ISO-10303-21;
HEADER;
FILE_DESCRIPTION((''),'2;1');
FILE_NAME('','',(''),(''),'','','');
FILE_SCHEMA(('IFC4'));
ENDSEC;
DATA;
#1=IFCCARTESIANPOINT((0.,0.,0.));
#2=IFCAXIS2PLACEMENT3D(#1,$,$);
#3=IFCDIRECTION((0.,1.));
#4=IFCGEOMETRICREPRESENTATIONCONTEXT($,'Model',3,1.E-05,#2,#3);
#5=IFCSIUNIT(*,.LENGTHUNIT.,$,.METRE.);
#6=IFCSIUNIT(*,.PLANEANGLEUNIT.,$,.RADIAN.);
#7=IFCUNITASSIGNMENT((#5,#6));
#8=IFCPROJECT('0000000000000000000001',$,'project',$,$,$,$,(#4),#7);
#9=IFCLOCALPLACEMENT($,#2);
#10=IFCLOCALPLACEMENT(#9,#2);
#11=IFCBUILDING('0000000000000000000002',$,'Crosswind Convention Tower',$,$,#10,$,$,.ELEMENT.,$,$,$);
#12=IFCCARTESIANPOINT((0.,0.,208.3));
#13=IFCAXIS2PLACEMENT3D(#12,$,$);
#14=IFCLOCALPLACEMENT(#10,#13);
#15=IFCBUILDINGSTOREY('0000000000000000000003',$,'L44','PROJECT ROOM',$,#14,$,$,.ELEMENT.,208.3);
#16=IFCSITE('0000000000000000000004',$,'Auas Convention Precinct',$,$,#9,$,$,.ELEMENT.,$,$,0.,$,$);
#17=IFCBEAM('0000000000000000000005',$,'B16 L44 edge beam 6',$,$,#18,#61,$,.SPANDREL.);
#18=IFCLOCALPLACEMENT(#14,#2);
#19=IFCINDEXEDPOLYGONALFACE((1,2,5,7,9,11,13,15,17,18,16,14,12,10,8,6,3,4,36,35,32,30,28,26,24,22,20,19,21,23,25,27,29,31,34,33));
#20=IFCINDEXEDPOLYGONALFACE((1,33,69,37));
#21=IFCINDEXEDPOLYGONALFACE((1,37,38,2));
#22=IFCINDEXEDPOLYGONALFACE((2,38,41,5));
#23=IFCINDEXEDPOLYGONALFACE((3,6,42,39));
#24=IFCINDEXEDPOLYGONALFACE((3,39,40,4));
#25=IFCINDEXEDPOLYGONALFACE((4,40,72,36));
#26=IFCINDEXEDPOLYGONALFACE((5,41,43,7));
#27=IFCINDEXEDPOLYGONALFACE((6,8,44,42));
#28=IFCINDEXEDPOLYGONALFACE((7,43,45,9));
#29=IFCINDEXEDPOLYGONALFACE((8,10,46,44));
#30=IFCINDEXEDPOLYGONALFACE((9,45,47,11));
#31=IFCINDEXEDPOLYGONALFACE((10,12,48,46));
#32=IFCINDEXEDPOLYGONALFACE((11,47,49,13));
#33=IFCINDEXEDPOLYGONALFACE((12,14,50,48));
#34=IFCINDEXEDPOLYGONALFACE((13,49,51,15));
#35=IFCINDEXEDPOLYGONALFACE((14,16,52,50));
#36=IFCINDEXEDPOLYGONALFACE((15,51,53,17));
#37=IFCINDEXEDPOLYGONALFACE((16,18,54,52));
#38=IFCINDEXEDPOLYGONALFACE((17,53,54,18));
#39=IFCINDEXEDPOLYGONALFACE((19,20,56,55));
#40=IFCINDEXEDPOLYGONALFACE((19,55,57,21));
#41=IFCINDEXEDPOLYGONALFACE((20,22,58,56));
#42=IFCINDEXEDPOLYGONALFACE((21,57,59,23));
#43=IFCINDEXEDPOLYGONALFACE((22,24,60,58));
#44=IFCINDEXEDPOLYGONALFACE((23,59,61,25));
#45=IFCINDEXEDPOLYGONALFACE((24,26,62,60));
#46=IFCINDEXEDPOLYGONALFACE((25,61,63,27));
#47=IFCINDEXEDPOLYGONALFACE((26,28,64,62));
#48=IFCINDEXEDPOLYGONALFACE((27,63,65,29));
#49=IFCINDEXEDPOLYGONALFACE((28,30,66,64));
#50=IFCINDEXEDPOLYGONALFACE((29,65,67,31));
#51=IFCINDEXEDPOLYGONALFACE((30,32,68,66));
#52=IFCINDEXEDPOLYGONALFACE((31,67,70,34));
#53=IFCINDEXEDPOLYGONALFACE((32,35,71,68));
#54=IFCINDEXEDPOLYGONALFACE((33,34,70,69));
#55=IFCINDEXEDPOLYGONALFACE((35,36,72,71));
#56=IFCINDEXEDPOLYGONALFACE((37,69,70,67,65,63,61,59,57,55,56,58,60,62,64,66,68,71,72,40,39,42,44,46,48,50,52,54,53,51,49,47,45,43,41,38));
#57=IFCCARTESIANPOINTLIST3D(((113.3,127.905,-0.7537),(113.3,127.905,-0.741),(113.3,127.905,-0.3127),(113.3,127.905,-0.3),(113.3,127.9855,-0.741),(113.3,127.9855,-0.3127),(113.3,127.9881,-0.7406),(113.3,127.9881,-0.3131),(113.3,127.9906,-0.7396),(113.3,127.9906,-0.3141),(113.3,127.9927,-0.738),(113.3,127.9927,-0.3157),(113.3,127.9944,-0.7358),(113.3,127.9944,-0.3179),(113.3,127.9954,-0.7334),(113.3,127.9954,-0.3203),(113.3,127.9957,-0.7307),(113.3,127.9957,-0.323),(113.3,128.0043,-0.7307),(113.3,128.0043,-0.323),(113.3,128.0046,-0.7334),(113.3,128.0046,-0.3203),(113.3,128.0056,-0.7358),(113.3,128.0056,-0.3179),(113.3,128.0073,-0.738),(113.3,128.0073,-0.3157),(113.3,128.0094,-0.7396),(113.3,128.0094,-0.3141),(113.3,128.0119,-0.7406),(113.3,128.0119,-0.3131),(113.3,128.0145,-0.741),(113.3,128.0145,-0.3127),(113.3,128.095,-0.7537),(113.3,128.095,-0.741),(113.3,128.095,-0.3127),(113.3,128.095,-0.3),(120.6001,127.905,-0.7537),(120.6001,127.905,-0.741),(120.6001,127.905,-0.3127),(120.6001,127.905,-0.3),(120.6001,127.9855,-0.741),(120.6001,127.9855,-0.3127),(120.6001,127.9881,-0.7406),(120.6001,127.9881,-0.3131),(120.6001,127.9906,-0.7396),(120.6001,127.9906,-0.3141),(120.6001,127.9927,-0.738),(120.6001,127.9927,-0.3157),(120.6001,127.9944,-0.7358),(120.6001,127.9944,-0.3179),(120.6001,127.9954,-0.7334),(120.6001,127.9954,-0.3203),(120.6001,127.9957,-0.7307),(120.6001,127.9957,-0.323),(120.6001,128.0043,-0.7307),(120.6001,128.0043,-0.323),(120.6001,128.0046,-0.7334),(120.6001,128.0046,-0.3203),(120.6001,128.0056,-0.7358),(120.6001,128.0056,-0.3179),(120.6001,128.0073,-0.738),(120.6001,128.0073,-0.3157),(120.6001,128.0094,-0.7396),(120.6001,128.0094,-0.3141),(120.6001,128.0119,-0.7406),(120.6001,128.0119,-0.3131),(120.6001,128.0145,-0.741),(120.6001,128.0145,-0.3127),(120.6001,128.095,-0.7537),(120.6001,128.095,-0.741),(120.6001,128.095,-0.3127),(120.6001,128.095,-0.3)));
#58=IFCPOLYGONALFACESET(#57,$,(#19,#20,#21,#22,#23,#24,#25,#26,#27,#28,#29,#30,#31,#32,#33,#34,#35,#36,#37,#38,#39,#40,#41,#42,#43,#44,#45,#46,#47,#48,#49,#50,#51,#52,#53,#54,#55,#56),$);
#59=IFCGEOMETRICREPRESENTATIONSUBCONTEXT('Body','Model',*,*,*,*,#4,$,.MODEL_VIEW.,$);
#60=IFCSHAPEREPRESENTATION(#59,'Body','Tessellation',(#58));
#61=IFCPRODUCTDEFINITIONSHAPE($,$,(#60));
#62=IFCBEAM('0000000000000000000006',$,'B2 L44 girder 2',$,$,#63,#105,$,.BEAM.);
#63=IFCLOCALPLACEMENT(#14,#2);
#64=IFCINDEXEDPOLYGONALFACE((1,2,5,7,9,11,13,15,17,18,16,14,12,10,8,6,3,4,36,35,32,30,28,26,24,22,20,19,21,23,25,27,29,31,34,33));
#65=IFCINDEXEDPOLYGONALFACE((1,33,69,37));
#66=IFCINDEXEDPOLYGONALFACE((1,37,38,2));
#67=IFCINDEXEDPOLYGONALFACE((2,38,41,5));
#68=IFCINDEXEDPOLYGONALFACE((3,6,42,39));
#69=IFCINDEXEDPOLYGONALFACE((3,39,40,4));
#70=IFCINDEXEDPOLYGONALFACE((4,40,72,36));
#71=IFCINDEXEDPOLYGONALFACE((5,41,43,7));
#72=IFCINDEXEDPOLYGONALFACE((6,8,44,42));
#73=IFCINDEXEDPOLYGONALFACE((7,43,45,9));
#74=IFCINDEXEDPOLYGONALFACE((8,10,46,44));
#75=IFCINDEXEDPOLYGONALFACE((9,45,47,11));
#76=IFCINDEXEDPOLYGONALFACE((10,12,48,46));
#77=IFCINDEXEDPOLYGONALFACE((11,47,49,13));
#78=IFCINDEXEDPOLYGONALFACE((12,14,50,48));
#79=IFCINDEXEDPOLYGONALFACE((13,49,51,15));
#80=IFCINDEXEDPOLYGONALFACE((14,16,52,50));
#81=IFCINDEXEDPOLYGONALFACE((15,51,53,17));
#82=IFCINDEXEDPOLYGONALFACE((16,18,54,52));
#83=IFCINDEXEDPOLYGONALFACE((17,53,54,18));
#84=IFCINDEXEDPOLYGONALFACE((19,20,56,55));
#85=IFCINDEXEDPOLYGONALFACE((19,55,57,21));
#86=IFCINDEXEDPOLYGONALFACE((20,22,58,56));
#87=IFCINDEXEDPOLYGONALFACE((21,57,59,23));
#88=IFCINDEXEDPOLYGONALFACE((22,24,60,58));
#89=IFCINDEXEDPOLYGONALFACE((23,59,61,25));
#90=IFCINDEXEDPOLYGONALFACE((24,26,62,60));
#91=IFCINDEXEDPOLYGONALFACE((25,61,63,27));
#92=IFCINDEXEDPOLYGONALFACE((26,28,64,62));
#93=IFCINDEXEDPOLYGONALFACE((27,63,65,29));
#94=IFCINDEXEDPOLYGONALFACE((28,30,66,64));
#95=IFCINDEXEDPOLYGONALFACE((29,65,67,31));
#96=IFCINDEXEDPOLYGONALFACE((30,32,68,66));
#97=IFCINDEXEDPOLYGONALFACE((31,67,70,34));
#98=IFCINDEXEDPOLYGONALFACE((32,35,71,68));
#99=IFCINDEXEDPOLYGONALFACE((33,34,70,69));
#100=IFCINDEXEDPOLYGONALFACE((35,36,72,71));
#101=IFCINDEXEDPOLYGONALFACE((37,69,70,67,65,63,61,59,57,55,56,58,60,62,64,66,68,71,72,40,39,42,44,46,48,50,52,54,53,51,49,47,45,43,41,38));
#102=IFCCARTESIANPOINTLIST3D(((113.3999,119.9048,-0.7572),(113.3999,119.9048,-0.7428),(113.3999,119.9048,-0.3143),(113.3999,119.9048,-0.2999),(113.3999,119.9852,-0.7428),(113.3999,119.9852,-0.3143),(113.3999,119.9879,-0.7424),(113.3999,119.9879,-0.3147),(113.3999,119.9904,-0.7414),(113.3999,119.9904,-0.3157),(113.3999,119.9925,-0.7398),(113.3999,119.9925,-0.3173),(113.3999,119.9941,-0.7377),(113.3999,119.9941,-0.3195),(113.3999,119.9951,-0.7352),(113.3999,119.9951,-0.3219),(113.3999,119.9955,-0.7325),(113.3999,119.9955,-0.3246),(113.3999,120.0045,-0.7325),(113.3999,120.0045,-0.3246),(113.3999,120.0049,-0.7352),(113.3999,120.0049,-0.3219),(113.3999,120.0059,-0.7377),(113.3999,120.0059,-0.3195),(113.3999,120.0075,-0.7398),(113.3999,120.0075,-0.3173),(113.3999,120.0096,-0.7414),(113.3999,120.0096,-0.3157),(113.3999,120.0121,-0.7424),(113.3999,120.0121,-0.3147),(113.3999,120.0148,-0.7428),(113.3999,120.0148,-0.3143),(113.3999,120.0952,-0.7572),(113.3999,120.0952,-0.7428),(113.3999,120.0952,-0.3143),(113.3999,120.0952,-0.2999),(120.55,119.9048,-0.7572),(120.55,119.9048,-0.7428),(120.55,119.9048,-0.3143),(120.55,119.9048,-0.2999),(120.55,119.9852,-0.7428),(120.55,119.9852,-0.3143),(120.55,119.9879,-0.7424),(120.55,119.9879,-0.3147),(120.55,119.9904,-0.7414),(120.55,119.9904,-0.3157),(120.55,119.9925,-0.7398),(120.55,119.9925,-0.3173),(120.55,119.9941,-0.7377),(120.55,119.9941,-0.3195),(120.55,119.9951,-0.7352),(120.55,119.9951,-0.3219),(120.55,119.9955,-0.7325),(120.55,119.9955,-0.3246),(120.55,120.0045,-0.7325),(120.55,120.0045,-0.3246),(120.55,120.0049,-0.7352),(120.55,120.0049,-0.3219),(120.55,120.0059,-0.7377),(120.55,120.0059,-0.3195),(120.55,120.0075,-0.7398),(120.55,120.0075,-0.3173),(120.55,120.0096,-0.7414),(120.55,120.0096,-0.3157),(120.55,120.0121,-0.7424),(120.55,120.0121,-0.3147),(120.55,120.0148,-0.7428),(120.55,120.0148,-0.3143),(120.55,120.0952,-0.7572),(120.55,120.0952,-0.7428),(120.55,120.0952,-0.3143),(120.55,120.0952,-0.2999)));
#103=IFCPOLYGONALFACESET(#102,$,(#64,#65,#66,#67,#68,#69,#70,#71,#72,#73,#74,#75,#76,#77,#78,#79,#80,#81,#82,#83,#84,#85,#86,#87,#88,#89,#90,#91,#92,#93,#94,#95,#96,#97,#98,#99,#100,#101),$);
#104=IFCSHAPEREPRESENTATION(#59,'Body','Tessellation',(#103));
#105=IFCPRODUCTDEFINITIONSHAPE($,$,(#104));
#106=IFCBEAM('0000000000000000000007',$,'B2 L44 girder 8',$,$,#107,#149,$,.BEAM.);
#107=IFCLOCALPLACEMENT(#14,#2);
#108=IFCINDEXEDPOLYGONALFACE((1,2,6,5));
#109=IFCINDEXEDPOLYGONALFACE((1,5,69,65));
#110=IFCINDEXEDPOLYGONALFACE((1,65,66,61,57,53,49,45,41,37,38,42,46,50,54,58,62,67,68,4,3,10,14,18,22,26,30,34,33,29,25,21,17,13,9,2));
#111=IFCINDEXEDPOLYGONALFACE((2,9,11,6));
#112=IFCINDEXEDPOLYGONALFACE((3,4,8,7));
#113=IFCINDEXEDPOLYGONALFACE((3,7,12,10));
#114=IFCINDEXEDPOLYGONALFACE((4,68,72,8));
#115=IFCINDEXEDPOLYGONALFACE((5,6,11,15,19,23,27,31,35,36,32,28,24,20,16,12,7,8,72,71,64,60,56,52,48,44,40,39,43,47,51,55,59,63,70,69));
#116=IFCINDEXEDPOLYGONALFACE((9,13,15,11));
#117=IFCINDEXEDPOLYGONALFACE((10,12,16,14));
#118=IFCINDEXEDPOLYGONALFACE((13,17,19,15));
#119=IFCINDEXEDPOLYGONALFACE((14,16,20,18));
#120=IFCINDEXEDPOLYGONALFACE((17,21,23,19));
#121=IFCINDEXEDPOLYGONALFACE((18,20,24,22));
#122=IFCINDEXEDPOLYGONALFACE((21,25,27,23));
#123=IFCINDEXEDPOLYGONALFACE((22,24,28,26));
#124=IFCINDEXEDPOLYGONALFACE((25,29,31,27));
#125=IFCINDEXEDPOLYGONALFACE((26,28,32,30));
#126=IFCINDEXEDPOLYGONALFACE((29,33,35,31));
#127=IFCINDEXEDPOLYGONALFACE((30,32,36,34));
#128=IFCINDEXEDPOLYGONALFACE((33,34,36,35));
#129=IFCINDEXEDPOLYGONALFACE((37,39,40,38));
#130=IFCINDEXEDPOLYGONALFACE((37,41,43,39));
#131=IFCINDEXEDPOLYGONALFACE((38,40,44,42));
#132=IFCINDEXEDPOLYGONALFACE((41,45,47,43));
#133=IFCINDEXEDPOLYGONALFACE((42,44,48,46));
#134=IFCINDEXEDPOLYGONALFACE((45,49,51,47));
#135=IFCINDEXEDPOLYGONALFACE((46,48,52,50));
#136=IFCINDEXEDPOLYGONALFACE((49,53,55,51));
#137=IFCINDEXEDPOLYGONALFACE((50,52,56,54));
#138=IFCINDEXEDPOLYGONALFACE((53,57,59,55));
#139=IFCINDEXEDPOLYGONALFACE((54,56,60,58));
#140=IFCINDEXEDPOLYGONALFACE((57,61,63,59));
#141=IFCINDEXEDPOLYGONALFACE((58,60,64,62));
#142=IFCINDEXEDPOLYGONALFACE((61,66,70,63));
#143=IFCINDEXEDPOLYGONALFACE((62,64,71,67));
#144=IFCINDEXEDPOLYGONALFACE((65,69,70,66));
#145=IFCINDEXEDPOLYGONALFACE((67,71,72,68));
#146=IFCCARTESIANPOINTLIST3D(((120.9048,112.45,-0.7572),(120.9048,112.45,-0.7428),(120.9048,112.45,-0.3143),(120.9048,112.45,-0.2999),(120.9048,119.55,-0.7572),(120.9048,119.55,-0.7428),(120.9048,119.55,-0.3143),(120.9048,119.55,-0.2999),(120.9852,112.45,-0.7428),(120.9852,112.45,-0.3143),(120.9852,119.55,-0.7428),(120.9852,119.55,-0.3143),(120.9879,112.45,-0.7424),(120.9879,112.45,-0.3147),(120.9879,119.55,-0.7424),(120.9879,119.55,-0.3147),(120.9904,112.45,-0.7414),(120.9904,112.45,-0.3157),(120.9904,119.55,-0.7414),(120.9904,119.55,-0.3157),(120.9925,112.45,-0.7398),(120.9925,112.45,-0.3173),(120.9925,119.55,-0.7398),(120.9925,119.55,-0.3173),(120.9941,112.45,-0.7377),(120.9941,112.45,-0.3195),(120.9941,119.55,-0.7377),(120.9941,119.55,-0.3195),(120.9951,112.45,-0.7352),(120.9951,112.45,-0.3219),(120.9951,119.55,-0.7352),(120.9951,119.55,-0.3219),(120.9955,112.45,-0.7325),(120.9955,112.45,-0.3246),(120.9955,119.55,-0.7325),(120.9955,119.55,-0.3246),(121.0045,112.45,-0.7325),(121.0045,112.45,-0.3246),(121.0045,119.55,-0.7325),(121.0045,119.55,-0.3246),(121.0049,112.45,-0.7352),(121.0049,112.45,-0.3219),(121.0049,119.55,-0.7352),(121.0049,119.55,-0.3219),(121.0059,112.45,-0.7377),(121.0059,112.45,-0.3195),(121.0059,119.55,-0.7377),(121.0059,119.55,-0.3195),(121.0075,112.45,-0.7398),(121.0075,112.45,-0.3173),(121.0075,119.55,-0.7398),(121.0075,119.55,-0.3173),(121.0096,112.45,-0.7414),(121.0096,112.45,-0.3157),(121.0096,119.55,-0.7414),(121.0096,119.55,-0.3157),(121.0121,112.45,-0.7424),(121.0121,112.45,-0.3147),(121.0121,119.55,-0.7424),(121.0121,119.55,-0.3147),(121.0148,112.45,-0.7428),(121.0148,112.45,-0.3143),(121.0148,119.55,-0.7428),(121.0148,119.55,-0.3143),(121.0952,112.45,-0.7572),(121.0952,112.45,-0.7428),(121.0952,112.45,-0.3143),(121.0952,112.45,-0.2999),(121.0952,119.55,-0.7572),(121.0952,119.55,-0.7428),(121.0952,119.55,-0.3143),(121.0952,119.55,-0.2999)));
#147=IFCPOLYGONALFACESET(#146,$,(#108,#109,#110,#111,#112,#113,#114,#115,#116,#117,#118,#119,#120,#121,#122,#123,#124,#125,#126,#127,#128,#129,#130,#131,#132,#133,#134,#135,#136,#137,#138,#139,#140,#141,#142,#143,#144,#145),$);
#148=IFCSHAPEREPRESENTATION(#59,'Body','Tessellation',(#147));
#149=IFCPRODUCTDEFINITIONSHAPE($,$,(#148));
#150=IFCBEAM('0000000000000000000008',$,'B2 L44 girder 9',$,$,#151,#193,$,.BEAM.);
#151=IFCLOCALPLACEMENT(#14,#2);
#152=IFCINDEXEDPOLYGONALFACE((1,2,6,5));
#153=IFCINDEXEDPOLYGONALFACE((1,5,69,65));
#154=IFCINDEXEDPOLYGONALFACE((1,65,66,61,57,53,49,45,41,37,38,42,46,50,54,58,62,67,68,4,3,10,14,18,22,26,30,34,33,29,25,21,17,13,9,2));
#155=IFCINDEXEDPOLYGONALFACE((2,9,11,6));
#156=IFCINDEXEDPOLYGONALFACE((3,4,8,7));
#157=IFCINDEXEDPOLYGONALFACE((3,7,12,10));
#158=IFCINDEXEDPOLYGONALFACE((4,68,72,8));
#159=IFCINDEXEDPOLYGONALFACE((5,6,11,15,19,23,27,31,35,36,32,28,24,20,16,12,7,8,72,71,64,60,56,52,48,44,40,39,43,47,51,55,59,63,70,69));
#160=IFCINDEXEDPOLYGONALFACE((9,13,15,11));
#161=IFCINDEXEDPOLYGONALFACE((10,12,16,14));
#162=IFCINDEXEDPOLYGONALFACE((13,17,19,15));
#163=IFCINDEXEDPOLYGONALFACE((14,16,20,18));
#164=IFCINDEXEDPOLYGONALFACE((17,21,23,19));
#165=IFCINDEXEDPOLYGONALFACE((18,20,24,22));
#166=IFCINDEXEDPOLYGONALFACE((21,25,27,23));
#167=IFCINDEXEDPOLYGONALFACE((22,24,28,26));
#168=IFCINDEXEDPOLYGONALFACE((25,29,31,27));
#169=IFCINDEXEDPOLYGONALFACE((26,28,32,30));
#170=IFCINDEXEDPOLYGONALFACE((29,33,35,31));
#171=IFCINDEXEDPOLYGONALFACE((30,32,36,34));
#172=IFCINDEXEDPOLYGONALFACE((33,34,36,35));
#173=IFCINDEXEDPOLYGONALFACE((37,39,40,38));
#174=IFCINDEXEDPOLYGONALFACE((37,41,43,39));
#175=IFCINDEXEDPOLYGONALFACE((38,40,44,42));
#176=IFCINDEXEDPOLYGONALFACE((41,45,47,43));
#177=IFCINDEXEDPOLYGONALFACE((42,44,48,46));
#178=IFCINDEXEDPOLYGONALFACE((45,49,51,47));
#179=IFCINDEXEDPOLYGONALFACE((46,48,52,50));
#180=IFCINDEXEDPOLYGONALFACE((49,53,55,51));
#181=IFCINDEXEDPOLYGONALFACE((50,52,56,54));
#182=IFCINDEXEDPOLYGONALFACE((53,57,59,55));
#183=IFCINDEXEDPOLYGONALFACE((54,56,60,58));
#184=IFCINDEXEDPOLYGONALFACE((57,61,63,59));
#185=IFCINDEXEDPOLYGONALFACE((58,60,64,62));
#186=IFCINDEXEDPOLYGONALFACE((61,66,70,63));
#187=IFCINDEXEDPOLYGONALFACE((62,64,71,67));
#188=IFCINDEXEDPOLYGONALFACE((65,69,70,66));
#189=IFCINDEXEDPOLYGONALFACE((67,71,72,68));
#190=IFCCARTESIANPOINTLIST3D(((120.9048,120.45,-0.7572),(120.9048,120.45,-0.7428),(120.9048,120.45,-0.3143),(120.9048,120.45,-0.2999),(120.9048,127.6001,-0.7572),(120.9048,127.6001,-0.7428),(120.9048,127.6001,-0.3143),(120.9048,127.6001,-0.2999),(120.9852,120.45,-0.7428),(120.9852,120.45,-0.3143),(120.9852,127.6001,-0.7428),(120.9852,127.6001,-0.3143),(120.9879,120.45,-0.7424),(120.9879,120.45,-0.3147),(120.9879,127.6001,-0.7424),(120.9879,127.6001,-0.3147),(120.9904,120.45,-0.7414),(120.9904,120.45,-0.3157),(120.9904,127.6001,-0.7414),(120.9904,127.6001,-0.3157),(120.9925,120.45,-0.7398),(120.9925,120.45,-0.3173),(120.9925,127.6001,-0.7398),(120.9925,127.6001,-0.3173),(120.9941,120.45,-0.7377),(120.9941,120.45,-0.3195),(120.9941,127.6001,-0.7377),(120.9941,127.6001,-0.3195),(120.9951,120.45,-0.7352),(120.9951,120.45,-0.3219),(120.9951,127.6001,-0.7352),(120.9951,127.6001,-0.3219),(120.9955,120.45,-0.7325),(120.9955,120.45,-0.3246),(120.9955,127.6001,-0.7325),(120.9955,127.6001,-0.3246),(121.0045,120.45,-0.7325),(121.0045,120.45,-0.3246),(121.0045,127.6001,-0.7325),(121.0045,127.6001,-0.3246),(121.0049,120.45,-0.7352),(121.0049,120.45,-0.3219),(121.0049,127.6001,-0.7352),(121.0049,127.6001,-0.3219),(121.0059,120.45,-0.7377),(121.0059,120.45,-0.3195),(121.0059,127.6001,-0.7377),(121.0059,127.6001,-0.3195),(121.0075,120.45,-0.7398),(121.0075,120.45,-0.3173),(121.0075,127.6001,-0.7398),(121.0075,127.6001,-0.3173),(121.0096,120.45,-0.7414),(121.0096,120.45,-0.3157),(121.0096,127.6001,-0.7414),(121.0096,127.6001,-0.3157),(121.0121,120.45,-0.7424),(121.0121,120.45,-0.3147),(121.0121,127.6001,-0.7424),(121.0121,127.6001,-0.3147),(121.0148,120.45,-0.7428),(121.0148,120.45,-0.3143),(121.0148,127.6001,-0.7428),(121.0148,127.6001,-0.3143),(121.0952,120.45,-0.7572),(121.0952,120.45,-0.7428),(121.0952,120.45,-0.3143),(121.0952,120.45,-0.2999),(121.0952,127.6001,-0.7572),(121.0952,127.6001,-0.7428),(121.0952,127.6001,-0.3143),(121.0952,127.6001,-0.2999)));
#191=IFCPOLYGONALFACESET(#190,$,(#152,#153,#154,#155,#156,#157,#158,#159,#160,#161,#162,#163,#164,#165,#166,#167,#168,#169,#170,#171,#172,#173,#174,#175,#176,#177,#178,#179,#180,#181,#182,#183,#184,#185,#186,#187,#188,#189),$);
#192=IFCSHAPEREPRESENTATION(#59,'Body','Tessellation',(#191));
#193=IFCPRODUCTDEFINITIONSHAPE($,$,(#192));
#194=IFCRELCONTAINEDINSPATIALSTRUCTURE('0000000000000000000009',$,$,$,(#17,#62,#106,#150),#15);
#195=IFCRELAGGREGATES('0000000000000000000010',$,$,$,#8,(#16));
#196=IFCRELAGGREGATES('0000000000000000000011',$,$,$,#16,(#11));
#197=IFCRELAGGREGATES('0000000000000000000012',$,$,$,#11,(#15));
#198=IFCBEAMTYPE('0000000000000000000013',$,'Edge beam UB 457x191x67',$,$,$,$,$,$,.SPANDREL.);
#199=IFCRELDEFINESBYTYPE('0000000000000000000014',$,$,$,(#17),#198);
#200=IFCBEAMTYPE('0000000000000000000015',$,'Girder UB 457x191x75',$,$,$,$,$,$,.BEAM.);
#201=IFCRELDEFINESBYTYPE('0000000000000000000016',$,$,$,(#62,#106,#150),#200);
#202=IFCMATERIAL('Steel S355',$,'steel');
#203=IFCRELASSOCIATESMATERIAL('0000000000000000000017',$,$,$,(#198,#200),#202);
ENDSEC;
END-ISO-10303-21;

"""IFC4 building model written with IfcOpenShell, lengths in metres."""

from ifc_helpers import new_model, si_unit, direction, frame, origin, origin_2d, place, context, subcontext, project, spatial, i_section, extrude, material, material_profile, profile_set, type_object, element, save


model = new_model("IFC4")

# Units and contexts
model_context = context("Model", 3, precision=1e-05, world=origin(), true_north=direction((0.0, 1.0)))
body_context = subcontext(model_context, "Body", "Model", "MODEL_VIEW")
ifc_project = project(units=[si_unit("LENGTHUNIT", "METRE"), si_unit("PLANEANGLEUNIT", "RADIAN")], contexts=[model_context])

# Site, building, storey
site_placement = place(None, origin())
site = spatial("IfcSite", under=ifc_project, at=site_placement, Name="Auas Convention Precinct", CompositionType="ELEMENT", RefElevation=0.0)
building_placement = place(site_placement, origin())
building = spatial("IfcBuilding", under=site, at=building_placement, Name="Crosswind Convention Tower", CompositionType="ELEMENT")
storey_placement = place(building_placement, frame((0.0, 0.0, 208.3)))
storey = spatial("IfcBuildingStorey", under=building, at=storey_placement, Name="L44", Description="PROJECT ROOM", CompositionType="ELEMENT", Elevation=208.3)

# Beams
ifc_material_1 = material(Name="Steel S355", Category="steel")
ifc_material_profile_1 = material_profile(ifc_material_1, i_section(OverallWidth=0.1899, OverallDepth=0.4536, WebThickness=0.0085, FlangeThickness=0.0127, FilletRadius=0.0103, at=origin_2d()), Name="UB 457x191x67")
ifc_profile_set_1 = profile_set([ifc_material_profile_1], Name="Steel S355")
beam_type_1 = type_object("IfcBeamType", Name="Edge beam UB 457x191x67", PredefinedType="SPANDREL", material=ifc_profile_set_1)
for number, where, z_axis, x_axis, name in (
    (1, (113.3, 128.0, -0.5269), (1.0, 0.0, 0.0), (0.0, 1.0, 0.0), "B16 L44 edge beam 6"),
):
    element("IfcBeam", number, at=place(storey_placement, frame(where, z_axis=z_axis, x_axis=x_axis)), inside=storey, type_object=beam_type_1, Name=name, PredefinedType="SPANDREL", context=body_context, shape_type="SweptSolid", body=[
        extrude(i_section(OverallWidth=0.1899, OverallDepth=0.4536, WebThickness=0.0085, FlangeThickness=0.0127, FilletRadius=0.0103, at=origin_2d()), origin(), (0.0, 0.0, 1.0), 7.3),
    ])
ifc_material_profile_2 = material_profile(ifc_material_1, i_section(OverallWidth=0.1904, OverallDepth=0.4573, WebThickness=0.009, FlangeThickness=0.0144, FilletRadius=0.0103, at=origin_2d()), Name="UB 457x191x75")
ifc_profile_set_2 = profile_set([ifc_material_profile_2], Name="Steel S355")
beam_type_2 = type_object("IfcBeamType", Name="Girder UB 457x191x75", PredefinedType="BEAM", material=ifc_profile_set_2)
beam_1_placement = place(storey_placement, frame((113.3999, 120.0, -0.5286), z_axis=(1.0, 0.0, 0.0), x_axis=(0.0, 1.0, 0.0)))
element("IfcBeam", 2, at=beam_1_placement, inside=storey, type_object=beam_type_2, Name="B2 L44 girder 2", PredefinedType="BEAM", context=body_context, shape_type="SweptSolid", body=[
    extrude(i_section(OverallWidth=0.1904, OverallDepth=0.4573, WebThickness=0.009, FlangeThickness=0.0144, FilletRadius=0.0103, at=origin_2d()), origin(), (0.0, 0.0, 1.0), 7.1501),
])
beam_2_placement = place(storey_placement, frame((121.0, 112.45, -0.5286), z_axis=(0.0, 1.0, 0.0), x_axis=(-1.0, 0.0, 0.0)))
element("IfcBeam", 3, at=beam_2_placement, inside=storey, type_object=beam_type_2, Name="B2 L44 girder 8", PredefinedType="BEAM", context=body_context, shape_type="SweptSolid", body=[
    extrude(i_section(OverallWidth=0.1904, OverallDepth=0.4573, WebThickness=0.009, FlangeThickness=0.0144, FilletRadius=0.0103, at=origin_2d()), origin(), (0.0, 0.0, 1.0), 7.1001),
])
beam_3_placement = place(storey_placement, frame((121.0, 120.45, -0.5286), z_axis=(0.0, 1.0, 0.0), x_axis=(-1.0, 0.0, 0.0)))
element("IfcBeam", 4, at=beam_3_placement, inside=storey, type_object=beam_type_2, Name="B2 L44 girder 9", PredefinedType="BEAM", context=body_context, shape_type="SweptSolid", body=[
    extrude(i_section(OverallWidth=0.1904, OverallDepth=0.4573, WebThickness=0.009, FlangeThickness=0.0144, FilletRadius=0.0103, at=origin_2d()), origin(), (0.0, 0.0, 1.0), 7.1501),
])

save(model, "model.ifc")
